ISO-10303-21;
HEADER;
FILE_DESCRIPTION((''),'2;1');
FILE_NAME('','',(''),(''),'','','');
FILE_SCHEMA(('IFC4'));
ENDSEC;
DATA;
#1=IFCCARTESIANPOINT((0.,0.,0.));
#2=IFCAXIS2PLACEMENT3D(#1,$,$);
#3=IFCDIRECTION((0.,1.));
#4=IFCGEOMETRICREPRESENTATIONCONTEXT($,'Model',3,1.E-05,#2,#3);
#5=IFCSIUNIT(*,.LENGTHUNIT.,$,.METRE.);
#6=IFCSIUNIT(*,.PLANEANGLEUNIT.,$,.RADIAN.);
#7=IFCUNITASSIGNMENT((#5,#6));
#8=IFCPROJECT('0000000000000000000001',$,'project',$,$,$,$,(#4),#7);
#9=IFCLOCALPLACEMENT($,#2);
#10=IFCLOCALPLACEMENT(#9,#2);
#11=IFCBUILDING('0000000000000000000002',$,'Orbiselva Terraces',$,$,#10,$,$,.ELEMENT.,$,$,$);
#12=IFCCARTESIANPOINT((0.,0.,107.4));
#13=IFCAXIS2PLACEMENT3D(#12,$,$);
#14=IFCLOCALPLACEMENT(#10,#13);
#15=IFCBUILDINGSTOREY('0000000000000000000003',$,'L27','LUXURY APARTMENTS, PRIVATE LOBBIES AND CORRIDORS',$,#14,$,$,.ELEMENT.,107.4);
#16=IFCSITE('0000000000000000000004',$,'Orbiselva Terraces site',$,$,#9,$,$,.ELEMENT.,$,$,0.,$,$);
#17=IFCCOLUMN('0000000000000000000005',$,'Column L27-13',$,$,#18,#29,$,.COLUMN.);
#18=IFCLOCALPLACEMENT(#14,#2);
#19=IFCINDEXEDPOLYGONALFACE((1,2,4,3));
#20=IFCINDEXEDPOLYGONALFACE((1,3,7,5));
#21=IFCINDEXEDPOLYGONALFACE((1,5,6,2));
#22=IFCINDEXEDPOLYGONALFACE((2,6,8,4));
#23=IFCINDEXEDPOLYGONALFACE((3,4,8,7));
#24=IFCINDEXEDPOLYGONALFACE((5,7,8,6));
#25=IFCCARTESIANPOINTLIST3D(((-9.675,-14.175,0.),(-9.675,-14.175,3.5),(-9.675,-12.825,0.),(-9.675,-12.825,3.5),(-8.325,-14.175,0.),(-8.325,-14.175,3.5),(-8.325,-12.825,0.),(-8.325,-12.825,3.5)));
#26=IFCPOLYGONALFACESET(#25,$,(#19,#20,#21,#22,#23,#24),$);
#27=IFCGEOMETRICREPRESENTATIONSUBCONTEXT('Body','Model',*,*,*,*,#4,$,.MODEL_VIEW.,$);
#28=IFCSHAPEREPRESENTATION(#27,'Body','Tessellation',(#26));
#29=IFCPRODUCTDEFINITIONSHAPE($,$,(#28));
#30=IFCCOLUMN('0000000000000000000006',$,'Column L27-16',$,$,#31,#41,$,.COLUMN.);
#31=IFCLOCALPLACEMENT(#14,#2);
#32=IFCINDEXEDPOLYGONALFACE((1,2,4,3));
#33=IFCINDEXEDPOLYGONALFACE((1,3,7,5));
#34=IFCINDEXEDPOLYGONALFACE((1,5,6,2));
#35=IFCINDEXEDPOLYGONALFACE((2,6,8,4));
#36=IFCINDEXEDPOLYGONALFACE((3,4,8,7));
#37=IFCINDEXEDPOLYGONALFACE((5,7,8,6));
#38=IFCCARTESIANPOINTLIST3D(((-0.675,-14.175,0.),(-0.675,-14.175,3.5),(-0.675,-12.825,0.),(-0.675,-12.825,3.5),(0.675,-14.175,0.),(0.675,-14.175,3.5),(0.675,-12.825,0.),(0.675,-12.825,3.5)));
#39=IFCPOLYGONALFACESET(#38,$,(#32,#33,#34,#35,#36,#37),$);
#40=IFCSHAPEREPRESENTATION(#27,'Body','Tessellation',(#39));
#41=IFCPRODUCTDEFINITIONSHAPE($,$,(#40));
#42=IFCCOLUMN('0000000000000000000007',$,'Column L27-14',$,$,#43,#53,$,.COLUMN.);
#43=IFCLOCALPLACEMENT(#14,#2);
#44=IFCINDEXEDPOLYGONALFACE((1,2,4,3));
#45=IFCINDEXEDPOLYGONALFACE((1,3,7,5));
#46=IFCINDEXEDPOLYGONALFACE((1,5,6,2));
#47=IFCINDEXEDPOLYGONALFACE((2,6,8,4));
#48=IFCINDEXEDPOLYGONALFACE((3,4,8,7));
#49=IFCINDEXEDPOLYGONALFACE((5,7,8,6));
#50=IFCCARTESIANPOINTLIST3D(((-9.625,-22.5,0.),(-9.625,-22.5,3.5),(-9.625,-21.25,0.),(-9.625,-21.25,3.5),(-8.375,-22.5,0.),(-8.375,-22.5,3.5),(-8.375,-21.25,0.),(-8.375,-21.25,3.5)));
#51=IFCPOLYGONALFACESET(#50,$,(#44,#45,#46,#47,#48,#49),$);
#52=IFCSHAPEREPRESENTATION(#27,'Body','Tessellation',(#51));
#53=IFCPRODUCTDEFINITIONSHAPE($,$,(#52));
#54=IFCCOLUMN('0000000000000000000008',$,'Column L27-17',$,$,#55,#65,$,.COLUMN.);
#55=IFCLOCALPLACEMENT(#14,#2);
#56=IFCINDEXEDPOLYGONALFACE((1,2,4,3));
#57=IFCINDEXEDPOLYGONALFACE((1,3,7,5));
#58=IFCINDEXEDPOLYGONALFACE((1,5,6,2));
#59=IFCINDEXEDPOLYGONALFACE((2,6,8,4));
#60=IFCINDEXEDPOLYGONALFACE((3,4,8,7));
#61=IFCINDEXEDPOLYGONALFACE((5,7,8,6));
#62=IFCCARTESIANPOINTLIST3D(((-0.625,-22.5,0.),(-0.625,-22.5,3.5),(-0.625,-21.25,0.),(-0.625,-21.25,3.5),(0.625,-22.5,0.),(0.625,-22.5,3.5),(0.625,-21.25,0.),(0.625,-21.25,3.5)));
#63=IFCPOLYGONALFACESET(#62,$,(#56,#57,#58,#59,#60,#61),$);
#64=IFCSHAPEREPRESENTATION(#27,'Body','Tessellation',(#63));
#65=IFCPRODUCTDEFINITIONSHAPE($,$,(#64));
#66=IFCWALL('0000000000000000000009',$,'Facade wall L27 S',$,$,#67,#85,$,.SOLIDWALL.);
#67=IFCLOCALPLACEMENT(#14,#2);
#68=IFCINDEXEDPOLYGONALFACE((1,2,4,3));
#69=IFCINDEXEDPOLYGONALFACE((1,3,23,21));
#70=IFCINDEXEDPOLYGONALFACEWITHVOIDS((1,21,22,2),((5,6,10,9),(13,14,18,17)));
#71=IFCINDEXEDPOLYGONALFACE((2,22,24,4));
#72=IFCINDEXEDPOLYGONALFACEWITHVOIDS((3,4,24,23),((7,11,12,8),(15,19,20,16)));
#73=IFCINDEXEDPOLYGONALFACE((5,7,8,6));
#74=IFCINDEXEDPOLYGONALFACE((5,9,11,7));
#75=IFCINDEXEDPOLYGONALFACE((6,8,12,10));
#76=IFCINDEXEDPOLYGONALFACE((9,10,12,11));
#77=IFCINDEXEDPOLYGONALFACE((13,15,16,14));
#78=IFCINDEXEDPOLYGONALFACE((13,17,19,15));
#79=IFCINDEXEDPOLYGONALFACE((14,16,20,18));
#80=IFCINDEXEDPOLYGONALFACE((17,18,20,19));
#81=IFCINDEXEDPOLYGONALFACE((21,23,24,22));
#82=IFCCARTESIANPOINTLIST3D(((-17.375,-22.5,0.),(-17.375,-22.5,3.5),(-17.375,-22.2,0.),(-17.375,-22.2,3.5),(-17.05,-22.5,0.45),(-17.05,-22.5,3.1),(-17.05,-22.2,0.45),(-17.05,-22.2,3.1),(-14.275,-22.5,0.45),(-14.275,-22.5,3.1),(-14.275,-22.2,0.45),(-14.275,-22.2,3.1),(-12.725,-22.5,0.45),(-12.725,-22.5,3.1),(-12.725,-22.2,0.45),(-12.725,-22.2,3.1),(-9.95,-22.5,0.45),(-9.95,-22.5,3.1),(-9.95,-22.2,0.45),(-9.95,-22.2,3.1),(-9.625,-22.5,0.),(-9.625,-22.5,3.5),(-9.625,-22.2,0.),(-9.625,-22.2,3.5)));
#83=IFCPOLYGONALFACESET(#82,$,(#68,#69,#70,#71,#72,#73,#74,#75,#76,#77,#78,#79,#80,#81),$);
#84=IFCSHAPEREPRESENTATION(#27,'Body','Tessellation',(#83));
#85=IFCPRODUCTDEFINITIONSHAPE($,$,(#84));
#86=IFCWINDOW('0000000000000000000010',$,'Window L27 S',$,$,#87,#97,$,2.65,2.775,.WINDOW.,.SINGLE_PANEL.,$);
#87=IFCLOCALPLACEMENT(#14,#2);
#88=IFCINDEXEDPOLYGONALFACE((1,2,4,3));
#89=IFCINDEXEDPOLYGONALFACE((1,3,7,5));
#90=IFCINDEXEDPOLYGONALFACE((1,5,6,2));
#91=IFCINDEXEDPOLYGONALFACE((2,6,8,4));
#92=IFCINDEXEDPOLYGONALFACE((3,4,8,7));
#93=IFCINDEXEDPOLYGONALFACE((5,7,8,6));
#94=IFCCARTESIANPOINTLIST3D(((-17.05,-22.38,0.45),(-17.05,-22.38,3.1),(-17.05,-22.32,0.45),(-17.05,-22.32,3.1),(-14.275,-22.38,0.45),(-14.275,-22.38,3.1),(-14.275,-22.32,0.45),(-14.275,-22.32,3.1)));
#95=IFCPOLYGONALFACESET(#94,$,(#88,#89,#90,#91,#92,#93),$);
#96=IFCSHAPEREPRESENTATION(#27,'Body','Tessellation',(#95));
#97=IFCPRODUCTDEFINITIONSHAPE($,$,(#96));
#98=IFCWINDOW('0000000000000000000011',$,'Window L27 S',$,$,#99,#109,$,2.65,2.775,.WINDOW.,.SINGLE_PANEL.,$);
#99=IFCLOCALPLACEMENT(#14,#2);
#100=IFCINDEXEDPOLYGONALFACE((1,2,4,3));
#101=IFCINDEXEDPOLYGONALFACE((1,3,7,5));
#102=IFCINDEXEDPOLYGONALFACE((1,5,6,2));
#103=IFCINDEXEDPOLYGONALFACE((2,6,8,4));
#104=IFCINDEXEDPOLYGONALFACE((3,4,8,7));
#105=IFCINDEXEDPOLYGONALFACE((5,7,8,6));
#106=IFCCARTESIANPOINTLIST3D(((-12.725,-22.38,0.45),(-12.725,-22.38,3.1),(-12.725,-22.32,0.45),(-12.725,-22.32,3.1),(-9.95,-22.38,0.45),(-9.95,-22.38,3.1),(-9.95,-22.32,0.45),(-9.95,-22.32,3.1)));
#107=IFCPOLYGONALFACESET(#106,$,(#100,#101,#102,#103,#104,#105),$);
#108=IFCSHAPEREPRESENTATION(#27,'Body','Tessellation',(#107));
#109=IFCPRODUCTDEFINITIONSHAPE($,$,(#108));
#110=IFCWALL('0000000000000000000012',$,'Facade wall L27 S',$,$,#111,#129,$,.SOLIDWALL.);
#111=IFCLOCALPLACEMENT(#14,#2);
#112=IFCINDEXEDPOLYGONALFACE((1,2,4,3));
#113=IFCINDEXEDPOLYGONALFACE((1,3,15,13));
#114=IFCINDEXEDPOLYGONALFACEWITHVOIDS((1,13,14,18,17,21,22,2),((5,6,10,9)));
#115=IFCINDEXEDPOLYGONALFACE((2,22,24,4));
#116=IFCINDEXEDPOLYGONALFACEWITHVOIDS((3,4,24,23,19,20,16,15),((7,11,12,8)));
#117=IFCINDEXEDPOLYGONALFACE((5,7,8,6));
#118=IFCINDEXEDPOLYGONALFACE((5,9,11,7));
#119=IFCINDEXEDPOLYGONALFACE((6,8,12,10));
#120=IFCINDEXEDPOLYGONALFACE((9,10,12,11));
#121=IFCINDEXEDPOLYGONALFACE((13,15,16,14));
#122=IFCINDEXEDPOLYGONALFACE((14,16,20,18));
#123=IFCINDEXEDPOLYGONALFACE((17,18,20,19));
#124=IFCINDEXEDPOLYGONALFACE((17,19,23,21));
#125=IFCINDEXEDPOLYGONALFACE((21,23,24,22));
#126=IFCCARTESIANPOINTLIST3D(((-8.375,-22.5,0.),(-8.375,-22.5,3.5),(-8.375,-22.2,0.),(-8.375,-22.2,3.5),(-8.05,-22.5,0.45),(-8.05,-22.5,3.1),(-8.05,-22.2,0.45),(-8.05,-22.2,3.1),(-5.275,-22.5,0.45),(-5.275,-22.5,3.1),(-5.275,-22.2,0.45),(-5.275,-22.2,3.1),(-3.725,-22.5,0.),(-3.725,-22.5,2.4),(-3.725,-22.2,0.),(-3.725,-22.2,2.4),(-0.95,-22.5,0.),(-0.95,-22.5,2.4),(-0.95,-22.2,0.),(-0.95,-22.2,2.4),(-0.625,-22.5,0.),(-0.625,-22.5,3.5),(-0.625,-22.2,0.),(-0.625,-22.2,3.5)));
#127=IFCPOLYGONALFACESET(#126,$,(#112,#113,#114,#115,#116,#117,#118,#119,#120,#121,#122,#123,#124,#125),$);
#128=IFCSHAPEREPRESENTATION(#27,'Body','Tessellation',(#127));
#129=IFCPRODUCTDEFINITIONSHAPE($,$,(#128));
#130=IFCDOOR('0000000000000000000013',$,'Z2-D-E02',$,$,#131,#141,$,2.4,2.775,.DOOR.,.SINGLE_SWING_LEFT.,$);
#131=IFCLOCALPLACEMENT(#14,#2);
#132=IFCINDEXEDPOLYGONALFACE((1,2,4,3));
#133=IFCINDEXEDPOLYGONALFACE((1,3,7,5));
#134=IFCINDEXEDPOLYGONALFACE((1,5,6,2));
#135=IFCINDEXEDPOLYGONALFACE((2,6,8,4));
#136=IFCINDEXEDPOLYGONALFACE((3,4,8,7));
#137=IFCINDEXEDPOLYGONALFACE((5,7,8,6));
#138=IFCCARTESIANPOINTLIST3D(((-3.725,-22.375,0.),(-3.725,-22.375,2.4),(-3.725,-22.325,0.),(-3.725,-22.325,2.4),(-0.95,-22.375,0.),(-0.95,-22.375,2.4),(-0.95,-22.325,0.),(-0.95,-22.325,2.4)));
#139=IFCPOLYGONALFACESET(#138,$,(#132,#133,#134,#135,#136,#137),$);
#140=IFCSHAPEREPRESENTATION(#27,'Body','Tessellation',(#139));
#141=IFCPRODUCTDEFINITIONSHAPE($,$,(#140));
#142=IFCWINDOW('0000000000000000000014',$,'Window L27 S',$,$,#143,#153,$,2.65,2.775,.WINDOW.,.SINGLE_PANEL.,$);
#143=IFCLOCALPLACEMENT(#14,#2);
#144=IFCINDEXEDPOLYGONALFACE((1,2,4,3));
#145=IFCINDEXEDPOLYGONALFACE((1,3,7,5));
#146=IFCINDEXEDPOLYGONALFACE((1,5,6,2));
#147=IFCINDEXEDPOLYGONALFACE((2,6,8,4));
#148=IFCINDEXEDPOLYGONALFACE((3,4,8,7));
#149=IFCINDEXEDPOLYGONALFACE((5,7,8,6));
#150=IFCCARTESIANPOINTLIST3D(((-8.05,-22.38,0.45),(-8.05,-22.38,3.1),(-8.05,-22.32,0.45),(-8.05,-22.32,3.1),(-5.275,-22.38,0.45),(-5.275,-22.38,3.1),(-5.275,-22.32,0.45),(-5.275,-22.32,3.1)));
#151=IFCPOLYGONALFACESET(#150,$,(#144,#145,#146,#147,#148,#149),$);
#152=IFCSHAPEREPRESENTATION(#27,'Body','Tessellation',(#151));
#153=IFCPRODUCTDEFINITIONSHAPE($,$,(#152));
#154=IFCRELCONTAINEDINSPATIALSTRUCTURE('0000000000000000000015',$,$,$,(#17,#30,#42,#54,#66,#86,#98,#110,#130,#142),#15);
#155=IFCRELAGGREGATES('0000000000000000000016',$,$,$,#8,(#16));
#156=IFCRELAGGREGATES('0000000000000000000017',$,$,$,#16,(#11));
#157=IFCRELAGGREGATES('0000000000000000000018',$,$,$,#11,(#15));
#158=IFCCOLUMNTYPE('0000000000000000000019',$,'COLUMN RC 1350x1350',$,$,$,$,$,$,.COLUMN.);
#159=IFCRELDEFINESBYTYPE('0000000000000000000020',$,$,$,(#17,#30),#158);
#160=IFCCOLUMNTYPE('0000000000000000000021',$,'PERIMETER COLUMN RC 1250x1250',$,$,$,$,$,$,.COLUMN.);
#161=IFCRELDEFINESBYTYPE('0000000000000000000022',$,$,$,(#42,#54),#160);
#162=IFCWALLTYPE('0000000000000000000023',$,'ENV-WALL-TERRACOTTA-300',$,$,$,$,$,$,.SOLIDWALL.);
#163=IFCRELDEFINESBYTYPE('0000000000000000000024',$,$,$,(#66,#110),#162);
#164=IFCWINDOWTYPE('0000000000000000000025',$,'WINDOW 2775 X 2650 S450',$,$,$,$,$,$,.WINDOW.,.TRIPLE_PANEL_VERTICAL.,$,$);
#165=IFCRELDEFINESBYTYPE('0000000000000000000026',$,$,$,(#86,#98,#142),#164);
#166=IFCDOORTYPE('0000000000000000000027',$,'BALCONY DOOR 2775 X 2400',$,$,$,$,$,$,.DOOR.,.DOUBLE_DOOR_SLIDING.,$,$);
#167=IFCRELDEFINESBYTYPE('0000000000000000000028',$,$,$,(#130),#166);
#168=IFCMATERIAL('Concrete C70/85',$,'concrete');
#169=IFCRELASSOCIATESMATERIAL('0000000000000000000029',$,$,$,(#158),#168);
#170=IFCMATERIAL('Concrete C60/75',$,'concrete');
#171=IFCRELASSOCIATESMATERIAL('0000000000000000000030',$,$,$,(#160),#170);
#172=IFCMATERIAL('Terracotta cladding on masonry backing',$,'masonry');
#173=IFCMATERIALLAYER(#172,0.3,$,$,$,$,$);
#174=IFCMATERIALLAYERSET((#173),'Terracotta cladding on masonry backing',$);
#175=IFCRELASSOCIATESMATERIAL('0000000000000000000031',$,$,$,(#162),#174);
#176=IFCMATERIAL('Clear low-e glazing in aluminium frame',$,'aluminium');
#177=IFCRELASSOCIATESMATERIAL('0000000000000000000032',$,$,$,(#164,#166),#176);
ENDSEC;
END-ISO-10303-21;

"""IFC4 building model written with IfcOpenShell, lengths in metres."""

from ifc_helpers import new_model, si_unit, direction, frame, frame_2d, origin, origin_2d, place, context, subcontext, project, spatial, rectangle, extrude, material, layer, layer_set, material_profile, profile_set, type_object, element, fill, save


model = new_model("IFC4")

# Units and contexts
model_context = context("Model", 3, precision=1e-05, world=origin(), true_north=direction((0.0, 1.0)))
body_context = subcontext(model_context, "Body", "Model", "MODEL_VIEW")
ifc_project = project(units=[si_unit("LENGTHUNIT", "METRE"), si_unit("PLANEANGLEUNIT", "RADIAN")], contexts=[model_context])

# Site, building, storey
site_placement = place(None, origin())
site = spatial("IfcSite", under=ifc_project, at=site_placement, Name="Orbiselva Terraces site", CompositionType="ELEMENT", RefElevation=0.0)
building_placement = place(site_placement, origin())
building = spatial("IfcBuilding", under=site, at=building_placement, Name="Orbiselva Terraces", CompositionType="ELEMENT")
storey_placement = place(building_placement, frame((0.0, 0.0, 107.4)))
storey = spatial("IfcBuildingStorey", under=building, at=storey_placement, Name="L27", Description="LUXURY APARTMENTS, PRIVATE LOBBIES AND CORRIDORS", CompositionType="ELEMENT", Elevation=107.4)

# Columns
ifc_material_1 = material(Name="Concrete C70/85", Category="concrete")
ifc_material_profile_1 = material_profile(ifc_material_1, rectangle(XDim=1.35, YDim=1.35, at=origin_2d()), Name="RC 1350x1350")
ifc_profile_set_1 = profile_set([ifc_material_profile_1], Name="Concrete C70/85")
column_type_1 = type_object("IfcColumnType", Name="COLUMN RC 1350x1350", PredefinedType="COLUMN", material=ifc_profile_set_1)
for number, where, z_axis, x_axis, name in (
    (1, (-9.0, -13.5, 0.0), (0.0, 0.0, 1.0), (1.0, 0.0, 0.0), "Column L27-13"),
    (2, (0.0, -13.5, 0.0), (0.0, 0.0, 1.0), (1.0, 0.0, 0.0), "Column L27-16"),
):
    element("IfcColumn", number, at=place(storey_placement, frame(where, z_axis=z_axis, x_axis=x_axis)), inside=storey, type_object=column_type_1, Name=name, PredefinedType="COLUMN", context=body_context, shape_type="SweptSolid", body=[
        extrude(rectangle(XDim=1.35, YDim=1.35, at=origin_2d()), origin(), (0.0, 0.0, 1.0), 3.5),
    ])
ifc_material_2 = material(Name="Concrete C60/75", Category="concrete")
ifc_material_profile_2 = material_profile(ifc_material_2, rectangle(XDim=1.25, YDim=1.25, at=origin_2d()), Name="RC 1250x1250")
ifc_profile_set_2 = profile_set([ifc_material_profile_2], Name="Concrete C60/75")
column_type_2 = type_object("IfcColumnType", Name="PERIMETER COLUMN RC 1250x1250", PredefinedType="COLUMN", material=ifc_profile_set_2)
for number, where, z_axis, x_axis, name in (
    (3, (-9.0, -21.875, 0.0), (0.0, 0.0, 1.0), (1.0, 0.0, 0.0), "Column L27-14"),
    (4, (0.0, -21.875, 0.0), (0.0, 0.0, 1.0), (1.0, 0.0, 0.0), "Column L27-17"),
):
    element("IfcColumn", number, at=place(storey_placement, frame(where, z_axis=z_axis, x_axis=x_axis)), inside=storey, type_object=column_type_2, Name=name, PredefinedType="COLUMN", context=body_context, shape_type="SweptSolid", body=[
        extrude(rectangle(XDim=1.25, YDim=1.25, at=origin_2d()), origin(), (0.0, 0.0, 1.0), 3.5),
    ])

# Wall, openings, windows
ifc_material_3 = material(Name="Terracotta cladding on masonry backing", Category="masonry")
ifc_layer_1 = layer(ifc_material_3, 0.3)
ifc_layer_set_1 = layer_set([ifc_layer_1], Name="Terracotta cladding on masonry backing")
wall_type_1 = type_object("IfcWallType", Name="ENV-WALL-TERRACOTTA-300", PredefinedType="SOLIDWALL", material=ifc_layer_set_1)
wall_1_placement = place(storey_placement, frame((-9.625, -22.35, 0.0), z_axis=(0.0, 0.0, 1.0), x_axis=(-1.0, 0.0, 0.0)))
wall_1 = element("IfcWall", 5, at=wall_1_placement, inside=storey, type_object=wall_type_1, Name="Facade wall L27 S", PredefinedType="SOLIDWALL", context=body_context, shape_type="SweptSolid", body=[
    extrude(rectangle(XDim=7.75, YDim=0.3, at=frame_2d((3.875, 0.0))), origin(), (0.0, 0.0, 1.0), 3.5),
])
opening_1_placement = place(wall_1_placement, frame((4.65, 0.0, 0.45)))
opening_1 = element("IfcOpeningElement", 6, at=opening_1_placement, cuts=wall_1, PredefinedType="OPENING", context=body_context, shape_type="SweptSolid", body=[
    extrude(rectangle(XDim=2.775, YDim=2.65, at=frame_2d((1.3875, 1.325))), frame((0.0, 0.16, 0.0), z_axis=(0.0, -1.0, 0.0), x_axis=(1.0, 0.0, 0.0)), (0.0, 0.0, 1.0), 0.32),
])
opening_2_placement = place(wall_1_placement, frame((0.325, 0.0, 0.45)))
opening_2 = element("IfcOpeningElement", 7, at=opening_2_placement, cuts=wall_1, PredefinedType="OPENING", context=body_context, shape_type="SweptSolid", body=[
    extrude(rectangle(XDim=2.775, YDim=2.65, at=frame_2d((1.3875, 1.325))), frame((0.0, 0.16, 0.0), z_axis=(0.0, -1.0, 0.0), x_axis=(1.0, 0.0, 0.0)), (0.0, 0.0, 1.0), 0.32),
])
ifc_material_4 = material(Name="Clear low-e glazing in aluminium frame", Category="aluminium")
window_type = type_object("IfcWindowType", Name="WINDOW 2775 X 2650 S450", PartitioningType="TRIPLE_PANEL_VERTICAL", PredefinedType="WINDOW", material=ifc_material_4)
window_1_placement = place(opening_1_placement, origin())
window_1 = element("IfcWindow", 8, at=window_1_placement, inside=storey, type_object=window_type, Name="Window L27 S", OverallHeight=2.65, OverallWidth=2.775, PartitioningType="SINGLE_PANEL", PredefinedType="WINDOW", context=body_context, shape_type="SweptSolid", body=[
    extrude(rectangle(XDim=2.775, YDim=2.65, at=frame_2d((1.3875, 1.325))), frame((0.0, 0.03, 0.0), z_axis=(0.0, -1.0, 0.0), x_axis=(1.0, 0.0, 0.0)), (0.0, 0.0, 1.0), 0.06),
])
fill(opening_1, window_1)
window_2_placement = place(opening_2_placement, origin())
window_2 = element("IfcWindow", 9, at=window_2_placement, inside=storey, type_object=window_type, Name="Window L27 S", OverallHeight=2.65, OverallWidth=2.775, PartitioningType="SINGLE_PANEL", PredefinedType="WINDOW", context=body_context, shape_type="SweptSolid", body=[
    extrude(rectangle(XDim=2.775, YDim=2.65, at=frame_2d((1.3875, 1.325))), frame((0.0, 0.03, 0.0), z_axis=(0.0, -1.0, 0.0), x_axis=(1.0, 0.0, 0.0)), (0.0, 0.0, 1.0), 0.06),
])
fill(opening_2, window_2)

# Wall, openings, door, window
wall_2_placement = place(storey_placement, frame((-0.625, -22.35, 0.0), z_axis=(0.0, 0.0, 1.0), x_axis=(-1.0, 0.0, 0.0)))
wall_2 = element("IfcWall", 10, at=wall_2_placement, inside=storey, type_object=wall_type_1, Name="Facade wall L27 S", PredefinedType="SOLIDWALL", context=body_context, shape_type="SweptSolid", body=[
    extrude(rectangle(XDim=7.75, YDim=0.3, at=frame_2d((3.875, 0.0))), origin(), (0.0, 0.0, 1.0), 3.5),
])
opening_3_placement = place(wall_2_placement, frame((4.65, 0.0, 0.45)))
opening_3 = element("IfcOpeningElement", 11, at=opening_3_placement, cuts=wall_2, PredefinedType="OPENING", context=body_context, shape_type="SweptSolid", body=[
    extrude(rectangle(XDim=2.775, YDim=2.65, at=frame_2d((1.3875, 1.325))), frame((0.0, 0.16, 0.0), z_axis=(0.0, -1.0, 0.0), x_axis=(1.0, 0.0, 0.0)), (0.0, 0.0, 1.0), 0.32),
])
opening_4_placement = place(wall_2_placement, frame((0.325, 0.0, 0.0)))
opening_4 = element("IfcOpeningElement", 12, at=opening_4_placement, cuts=wall_2, PredefinedType="OPENING", context=body_context, shape_type="SweptSolid", body=[
    extrude(rectangle(XDim=2.775, YDim=2.4, at=frame_2d((1.3875, 1.2))), frame((0.0, 0.16, 0.0), z_axis=(0.0, -1.0, 0.0), x_axis=(1.0, 0.0, 0.0)), (0.0, 0.0, 1.0), 0.32),
])
door_type_1 = type_object("IfcDoorType", Name="BALCONY DOOR 2775 X 2400", OperationType="DOUBLE_DOOR_SLIDING", PredefinedType="DOOR", material=ifc_material_4)
door_1_placement = place(opening_4_placement, origin())
door_1 = element("IfcDoor", 13, at=door_1_placement, inside=storey, type_object=door_type_1, Name="Z2-D-E02", OperationType="SINGLE_SWING_LEFT", OverallHeight=2.4, OverallWidth=2.775, PredefinedType="DOOR", context=body_context, shape_type="SweptSolid", body=[
    extrude(rectangle(XDim=2.775, YDim=2.4, at=frame_2d((1.3875, 1.2))), frame((0.0, 0.025, 0.0), z_axis=(0.0, -1.0, 0.0), x_axis=(1.0, 0.0, 0.0)), (0.0, 0.0, 1.0), 0.05),
])
fill(opening_4, door_1)
window_3_placement = place(opening_3_placement, origin())
window_3 = element("IfcWindow", 14, at=window_3_placement, inside=storey, type_object=window_type, Name="Window L27 S", OverallHeight=2.65, OverallWidth=2.775, PartitioningType="SINGLE_PANEL", PredefinedType="WINDOW", context=body_context, shape_type="SweptSolid", body=[
    extrude(rectangle(XDim=2.775, YDim=2.65, at=frame_2d((1.3875, 1.325))), frame((0.0, 0.03, 0.0), z_axis=(0.0, -1.0, 0.0), x_axis=(1.0, 0.0, 0.0)), (0.0, 0.0, 1.0), 0.06),
])
fill(opening_3, window_3)

save(model, "model.ifc")
